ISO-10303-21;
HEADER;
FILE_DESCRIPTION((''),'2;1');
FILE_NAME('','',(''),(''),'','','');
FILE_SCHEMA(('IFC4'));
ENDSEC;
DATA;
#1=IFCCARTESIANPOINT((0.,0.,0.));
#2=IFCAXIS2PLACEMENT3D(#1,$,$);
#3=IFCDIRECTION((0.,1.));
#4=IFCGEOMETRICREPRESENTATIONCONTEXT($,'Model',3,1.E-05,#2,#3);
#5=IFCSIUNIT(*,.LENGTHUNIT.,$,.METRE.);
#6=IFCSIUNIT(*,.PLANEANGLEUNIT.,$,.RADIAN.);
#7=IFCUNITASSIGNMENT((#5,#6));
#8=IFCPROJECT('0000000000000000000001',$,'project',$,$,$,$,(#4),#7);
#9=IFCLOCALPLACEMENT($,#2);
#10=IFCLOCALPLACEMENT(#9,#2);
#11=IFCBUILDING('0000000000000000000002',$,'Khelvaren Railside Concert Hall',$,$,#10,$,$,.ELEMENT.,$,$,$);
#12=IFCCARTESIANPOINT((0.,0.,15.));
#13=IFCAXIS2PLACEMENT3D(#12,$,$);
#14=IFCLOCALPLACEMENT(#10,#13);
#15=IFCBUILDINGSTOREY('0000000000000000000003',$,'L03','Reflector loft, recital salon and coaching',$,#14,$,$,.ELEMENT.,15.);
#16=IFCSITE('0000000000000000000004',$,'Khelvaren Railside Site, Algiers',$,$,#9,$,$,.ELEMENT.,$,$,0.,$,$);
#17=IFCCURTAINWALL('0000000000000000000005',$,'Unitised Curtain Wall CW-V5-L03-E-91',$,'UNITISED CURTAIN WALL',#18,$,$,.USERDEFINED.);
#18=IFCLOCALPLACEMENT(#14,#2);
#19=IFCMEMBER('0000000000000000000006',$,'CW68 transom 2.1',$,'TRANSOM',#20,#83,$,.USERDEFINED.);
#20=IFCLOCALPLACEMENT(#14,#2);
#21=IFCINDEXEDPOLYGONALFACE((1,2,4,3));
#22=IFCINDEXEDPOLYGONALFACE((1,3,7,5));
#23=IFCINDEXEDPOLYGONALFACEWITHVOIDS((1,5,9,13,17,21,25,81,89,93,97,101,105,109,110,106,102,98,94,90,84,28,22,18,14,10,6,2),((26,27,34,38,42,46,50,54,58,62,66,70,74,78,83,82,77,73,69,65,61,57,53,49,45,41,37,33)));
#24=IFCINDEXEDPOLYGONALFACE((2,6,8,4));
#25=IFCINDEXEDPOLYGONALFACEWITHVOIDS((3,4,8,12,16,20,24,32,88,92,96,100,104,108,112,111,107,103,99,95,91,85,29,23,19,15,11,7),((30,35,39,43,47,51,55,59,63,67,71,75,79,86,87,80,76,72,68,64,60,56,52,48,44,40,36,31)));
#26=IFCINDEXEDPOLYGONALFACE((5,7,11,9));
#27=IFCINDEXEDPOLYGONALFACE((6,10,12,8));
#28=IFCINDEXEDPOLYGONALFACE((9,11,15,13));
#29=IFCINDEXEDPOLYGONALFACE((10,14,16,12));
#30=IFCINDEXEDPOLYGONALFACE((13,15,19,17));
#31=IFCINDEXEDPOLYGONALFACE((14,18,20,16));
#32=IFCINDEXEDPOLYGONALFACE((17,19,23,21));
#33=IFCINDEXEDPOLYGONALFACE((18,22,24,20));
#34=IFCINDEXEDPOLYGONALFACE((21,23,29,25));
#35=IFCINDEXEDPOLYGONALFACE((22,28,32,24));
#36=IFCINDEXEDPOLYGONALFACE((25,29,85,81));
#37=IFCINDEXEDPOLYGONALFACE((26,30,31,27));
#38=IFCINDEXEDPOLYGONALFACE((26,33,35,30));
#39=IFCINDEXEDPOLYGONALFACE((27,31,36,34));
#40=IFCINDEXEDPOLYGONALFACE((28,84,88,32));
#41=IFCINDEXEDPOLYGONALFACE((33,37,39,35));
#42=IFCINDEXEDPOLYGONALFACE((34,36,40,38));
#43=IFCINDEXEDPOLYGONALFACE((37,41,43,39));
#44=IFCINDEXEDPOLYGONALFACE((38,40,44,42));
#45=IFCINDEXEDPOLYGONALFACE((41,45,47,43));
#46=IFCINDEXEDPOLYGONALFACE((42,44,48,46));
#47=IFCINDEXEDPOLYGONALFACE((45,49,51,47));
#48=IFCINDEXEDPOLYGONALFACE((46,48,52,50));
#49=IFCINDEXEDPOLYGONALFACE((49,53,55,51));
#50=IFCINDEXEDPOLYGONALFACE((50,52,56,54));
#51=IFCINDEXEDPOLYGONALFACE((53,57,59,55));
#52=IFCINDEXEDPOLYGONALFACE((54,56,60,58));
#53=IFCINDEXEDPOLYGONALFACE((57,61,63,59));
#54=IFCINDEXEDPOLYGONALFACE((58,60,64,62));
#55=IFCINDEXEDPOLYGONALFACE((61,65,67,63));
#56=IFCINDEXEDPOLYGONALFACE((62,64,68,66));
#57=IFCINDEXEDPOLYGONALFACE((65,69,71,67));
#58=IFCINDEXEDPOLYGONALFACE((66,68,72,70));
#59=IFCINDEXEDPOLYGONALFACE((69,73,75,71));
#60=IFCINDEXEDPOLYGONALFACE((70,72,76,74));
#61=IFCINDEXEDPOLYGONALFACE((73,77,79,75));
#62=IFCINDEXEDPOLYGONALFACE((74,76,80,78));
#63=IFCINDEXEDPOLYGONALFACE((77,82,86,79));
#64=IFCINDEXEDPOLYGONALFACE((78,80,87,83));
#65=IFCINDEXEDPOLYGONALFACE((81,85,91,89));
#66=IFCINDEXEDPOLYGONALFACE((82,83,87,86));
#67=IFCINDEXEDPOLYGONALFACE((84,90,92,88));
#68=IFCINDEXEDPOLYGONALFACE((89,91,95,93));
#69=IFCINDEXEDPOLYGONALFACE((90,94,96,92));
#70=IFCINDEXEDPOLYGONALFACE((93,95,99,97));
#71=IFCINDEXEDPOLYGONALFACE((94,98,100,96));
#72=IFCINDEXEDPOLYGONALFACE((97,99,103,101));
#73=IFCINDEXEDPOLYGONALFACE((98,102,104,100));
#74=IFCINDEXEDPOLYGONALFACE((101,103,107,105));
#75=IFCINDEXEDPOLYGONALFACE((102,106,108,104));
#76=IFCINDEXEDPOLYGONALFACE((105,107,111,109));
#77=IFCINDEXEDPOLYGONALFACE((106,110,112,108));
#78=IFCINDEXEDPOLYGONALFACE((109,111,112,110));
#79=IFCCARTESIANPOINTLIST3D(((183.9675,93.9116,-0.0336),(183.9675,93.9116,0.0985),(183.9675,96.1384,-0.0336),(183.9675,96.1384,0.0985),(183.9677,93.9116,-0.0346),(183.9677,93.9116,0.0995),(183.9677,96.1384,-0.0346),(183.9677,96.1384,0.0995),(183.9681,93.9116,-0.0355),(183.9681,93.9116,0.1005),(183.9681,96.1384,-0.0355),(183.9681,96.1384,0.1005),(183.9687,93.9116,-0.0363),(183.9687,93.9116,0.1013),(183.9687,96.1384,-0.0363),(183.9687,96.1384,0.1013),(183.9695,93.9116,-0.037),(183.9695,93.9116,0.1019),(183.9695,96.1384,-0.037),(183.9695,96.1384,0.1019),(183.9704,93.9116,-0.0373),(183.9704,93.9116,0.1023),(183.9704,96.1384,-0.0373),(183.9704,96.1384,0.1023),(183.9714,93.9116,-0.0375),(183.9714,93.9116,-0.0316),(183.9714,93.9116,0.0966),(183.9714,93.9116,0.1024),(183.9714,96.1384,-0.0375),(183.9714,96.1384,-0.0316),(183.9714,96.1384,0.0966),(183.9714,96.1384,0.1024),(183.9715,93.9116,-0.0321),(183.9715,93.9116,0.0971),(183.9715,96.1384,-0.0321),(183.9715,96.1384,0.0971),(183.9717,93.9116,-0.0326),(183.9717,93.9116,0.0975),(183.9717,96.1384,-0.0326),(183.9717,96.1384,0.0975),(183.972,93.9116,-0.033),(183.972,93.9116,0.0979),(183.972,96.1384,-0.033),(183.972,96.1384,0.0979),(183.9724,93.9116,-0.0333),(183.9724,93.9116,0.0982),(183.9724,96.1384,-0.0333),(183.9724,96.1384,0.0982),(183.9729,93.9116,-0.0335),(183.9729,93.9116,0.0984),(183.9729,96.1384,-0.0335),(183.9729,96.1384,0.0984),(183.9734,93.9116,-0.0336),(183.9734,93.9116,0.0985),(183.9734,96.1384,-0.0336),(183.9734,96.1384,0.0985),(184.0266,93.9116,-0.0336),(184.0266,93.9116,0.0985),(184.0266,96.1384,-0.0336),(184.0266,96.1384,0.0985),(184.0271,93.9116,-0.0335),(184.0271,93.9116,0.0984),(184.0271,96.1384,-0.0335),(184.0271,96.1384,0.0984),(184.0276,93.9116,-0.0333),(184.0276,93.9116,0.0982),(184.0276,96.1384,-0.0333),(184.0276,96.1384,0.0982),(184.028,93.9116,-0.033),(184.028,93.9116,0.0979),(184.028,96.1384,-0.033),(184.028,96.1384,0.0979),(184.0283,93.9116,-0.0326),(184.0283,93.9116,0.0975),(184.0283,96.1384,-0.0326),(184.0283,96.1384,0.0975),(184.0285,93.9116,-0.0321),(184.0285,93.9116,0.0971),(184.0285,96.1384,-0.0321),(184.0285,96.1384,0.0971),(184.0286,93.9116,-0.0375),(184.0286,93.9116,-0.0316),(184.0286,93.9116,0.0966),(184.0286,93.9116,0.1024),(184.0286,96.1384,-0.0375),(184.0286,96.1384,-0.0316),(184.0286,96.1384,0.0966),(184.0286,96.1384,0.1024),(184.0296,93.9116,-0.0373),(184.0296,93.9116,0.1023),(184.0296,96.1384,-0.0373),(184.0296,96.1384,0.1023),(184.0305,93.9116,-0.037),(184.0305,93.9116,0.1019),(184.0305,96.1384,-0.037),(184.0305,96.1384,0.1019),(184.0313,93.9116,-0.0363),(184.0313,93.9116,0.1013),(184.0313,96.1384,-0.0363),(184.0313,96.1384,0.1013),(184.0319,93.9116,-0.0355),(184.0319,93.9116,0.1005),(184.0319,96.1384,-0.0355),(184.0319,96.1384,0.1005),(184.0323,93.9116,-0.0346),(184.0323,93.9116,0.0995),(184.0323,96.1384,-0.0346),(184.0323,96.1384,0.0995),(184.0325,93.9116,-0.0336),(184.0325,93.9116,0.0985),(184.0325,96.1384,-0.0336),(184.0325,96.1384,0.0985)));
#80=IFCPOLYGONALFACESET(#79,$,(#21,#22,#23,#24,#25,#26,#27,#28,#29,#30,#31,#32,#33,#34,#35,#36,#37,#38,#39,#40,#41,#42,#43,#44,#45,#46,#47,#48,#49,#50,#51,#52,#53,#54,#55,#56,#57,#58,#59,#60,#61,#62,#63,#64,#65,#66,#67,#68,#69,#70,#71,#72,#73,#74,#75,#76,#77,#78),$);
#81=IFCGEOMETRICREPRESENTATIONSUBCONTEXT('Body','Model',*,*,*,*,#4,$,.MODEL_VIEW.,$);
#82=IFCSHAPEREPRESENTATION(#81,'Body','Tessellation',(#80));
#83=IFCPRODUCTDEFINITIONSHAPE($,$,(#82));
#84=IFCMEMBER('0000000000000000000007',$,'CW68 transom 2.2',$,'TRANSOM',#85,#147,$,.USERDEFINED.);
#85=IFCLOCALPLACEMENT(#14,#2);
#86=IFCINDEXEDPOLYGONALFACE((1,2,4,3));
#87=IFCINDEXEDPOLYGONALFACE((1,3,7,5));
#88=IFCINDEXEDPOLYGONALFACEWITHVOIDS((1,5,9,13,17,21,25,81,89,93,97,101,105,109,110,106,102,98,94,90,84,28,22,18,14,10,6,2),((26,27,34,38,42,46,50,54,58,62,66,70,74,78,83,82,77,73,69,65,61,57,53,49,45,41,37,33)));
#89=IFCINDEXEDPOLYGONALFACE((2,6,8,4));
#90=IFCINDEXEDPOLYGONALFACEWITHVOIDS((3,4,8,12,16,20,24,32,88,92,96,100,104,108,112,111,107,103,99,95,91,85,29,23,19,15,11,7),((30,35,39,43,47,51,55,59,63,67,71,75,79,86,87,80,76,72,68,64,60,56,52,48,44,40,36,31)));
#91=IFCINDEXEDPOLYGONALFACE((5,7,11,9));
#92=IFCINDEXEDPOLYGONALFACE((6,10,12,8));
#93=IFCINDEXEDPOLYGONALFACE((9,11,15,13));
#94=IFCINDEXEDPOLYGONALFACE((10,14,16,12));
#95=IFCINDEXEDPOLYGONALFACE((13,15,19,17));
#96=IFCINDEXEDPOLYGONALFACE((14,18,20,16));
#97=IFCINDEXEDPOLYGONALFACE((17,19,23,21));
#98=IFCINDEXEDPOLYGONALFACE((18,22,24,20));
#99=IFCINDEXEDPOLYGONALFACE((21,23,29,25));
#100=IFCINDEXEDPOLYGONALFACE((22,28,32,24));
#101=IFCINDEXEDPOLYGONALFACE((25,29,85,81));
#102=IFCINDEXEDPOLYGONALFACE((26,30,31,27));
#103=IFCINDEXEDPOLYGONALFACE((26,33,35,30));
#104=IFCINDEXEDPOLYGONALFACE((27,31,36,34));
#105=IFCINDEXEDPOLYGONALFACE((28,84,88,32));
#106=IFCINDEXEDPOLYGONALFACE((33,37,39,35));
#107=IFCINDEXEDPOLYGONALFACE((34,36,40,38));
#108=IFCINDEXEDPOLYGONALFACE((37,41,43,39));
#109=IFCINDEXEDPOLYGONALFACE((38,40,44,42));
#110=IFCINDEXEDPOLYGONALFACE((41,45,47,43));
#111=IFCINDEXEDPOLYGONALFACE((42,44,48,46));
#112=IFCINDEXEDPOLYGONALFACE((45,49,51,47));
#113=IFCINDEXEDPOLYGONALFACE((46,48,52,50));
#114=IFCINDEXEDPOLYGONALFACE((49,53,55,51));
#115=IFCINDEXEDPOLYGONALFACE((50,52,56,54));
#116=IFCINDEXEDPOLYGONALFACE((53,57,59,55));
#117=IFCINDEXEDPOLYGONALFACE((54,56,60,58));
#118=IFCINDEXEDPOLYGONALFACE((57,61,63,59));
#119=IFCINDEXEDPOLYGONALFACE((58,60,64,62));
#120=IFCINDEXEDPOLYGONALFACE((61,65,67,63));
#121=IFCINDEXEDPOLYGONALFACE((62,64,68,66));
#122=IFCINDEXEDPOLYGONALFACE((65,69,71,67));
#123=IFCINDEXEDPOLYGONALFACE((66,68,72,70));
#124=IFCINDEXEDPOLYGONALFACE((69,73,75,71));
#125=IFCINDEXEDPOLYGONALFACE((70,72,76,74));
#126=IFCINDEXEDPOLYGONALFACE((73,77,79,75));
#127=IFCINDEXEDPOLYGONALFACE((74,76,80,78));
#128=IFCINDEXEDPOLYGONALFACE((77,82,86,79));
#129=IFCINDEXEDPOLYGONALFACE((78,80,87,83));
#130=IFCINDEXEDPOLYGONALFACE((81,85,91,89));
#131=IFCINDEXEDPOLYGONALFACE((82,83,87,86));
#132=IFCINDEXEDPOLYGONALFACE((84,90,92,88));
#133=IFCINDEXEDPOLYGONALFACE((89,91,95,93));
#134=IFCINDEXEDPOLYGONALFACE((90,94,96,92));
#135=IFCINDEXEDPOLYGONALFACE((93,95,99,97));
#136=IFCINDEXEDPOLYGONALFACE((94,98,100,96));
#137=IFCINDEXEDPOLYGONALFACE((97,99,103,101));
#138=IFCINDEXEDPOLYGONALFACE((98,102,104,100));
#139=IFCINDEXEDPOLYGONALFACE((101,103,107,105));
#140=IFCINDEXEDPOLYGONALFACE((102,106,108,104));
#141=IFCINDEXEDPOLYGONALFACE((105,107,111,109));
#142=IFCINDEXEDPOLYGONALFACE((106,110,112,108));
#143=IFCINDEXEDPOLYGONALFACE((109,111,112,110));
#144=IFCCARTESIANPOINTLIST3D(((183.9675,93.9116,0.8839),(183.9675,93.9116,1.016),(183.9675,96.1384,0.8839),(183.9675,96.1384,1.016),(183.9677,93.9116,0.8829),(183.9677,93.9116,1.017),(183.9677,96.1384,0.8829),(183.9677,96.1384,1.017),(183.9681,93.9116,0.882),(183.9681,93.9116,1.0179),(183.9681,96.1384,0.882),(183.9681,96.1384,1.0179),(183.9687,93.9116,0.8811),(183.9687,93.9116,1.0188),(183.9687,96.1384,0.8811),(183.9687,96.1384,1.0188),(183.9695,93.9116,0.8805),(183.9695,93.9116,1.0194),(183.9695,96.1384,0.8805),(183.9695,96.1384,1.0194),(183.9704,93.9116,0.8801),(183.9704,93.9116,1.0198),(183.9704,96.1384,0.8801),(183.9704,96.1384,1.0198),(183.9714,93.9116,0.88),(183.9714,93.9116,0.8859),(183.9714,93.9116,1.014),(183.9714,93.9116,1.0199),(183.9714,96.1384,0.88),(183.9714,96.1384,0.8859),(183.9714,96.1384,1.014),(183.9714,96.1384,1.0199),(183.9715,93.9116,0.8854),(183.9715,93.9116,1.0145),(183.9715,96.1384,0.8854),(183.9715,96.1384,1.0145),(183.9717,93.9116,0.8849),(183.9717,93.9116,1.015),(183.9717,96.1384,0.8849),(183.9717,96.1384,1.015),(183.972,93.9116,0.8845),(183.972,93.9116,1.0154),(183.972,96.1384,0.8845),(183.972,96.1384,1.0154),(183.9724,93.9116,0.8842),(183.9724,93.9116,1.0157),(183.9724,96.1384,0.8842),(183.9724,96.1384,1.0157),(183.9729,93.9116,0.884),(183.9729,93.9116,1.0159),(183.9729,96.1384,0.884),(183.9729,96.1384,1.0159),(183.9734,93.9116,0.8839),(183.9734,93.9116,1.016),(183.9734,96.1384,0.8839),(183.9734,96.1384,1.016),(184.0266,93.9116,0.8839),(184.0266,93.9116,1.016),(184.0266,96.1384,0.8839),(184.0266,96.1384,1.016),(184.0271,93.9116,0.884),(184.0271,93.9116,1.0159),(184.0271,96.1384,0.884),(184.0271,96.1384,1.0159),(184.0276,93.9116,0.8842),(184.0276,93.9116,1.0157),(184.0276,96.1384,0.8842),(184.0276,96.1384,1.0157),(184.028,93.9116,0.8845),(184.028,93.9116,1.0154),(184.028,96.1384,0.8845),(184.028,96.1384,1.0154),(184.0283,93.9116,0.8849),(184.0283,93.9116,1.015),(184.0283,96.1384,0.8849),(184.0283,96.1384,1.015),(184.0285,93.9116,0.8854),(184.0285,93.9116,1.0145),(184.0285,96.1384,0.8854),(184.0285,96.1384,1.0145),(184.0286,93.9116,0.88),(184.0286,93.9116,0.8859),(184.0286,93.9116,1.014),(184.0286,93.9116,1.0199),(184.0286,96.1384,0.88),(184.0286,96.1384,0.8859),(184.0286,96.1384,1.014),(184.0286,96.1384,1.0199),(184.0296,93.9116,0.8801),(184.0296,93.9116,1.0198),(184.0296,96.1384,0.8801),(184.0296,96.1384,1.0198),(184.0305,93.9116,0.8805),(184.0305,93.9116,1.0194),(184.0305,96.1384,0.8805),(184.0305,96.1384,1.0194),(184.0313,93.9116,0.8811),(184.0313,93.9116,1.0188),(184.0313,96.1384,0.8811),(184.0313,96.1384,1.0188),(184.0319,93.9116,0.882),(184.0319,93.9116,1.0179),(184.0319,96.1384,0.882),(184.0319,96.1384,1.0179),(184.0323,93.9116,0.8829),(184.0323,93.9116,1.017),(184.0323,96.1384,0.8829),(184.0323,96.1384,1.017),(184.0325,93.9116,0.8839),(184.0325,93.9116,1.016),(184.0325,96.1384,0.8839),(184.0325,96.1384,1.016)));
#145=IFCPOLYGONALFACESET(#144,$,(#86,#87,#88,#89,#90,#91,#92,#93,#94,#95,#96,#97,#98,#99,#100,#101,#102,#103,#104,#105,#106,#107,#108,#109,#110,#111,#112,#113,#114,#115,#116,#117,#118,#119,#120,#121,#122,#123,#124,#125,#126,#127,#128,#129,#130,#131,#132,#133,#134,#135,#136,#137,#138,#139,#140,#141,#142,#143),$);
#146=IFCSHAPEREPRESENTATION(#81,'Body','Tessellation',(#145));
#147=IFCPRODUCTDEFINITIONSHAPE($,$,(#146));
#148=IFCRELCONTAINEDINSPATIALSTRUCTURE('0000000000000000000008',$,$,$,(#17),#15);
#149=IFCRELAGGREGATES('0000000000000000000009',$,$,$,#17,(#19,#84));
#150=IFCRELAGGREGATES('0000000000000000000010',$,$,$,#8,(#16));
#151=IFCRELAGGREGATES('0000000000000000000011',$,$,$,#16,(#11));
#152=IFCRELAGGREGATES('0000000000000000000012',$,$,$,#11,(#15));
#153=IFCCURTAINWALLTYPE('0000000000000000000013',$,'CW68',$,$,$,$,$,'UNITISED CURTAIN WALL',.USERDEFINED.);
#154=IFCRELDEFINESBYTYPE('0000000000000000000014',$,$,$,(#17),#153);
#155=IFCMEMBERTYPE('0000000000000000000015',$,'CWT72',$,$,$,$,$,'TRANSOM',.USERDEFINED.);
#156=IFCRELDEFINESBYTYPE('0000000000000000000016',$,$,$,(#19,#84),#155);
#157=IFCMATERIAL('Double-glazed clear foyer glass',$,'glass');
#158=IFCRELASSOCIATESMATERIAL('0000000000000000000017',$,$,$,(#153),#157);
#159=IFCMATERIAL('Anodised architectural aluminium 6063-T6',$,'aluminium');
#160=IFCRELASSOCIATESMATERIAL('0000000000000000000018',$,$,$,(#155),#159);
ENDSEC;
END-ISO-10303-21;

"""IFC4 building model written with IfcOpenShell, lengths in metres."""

from ifc_helpers import new_model, si_unit, direction, frame, origin, origin_2d, place, context, subcontext, project, spatial, hollow_rectangle, extrude, material, material_profile, profile_set, type_object, element, aggregate, save


model = new_model("IFC4")

# Units and contexts
model_context = context("Model", 3, precision=1e-05, world=origin(), true_north=direction((0.0, 1.0)))
body_context = subcontext(model_context, "Body", "Model", "MODEL_VIEW")
ifc_project = project(units=[si_unit("LENGTHUNIT", "METRE"), si_unit("PLANEANGLEUNIT", "RADIAN")], contexts=[model_context])

# Site, building, storey
site_placement = place(None, origin())
site = spatial("IfcSite", under=ifc_project, at=site_placement, Name="Khelvaren Railside Site, Algiers", CompositionType="ELEMENT", RefElevation=0.0)
building_placement = place(site_placement, origin())
building = spatial("IfcBuilding", under=site, at=building_placement, Name="Khelvaren Railside Concert Hall", CompositionType="ELEMENT")
storey_placement = place(building_placement, frame((0.0, 0.0, 15.0)))
storey = spatial("IfcBuildingStorey", under=building, at=storey_placement, Name="L03", Description="Reflector loft, recital salon and coaching", CompositionType="ELEMENT", Elevation=15.0)

# Curtain wall
ifc_material_1 = material(Name="Double-glazed clear foyer glass", Category="glass")
curtain_wall_type_1 = type_object("IfcCurtainWallType", Name="CW68", ElementType="UNITISED CURTAIN WALL", PredefinedType="USERDEFINED", material=ifc_material_1)
curtain_wall_1_placement = place(storey_placement, origin())
curtain_wall_1 = element("IfcCurtainWall", 1, at=curtain_wall_1_placement, inside=storey, type_object=curtain_wall_type_1, Name="Unitised Curtain Wall CW-V5-L03-E-91", ObjectType="UNITISED CURTAIN WALL", PredefinedType="USERDEFINED")
ifc_material_2 = material(Name="Anodised architectural aluminium 6063-T6", Category="aluminium")

# Members
ifc_material_profile_1 = material_profile(ifc_material_2, hollow_rectangle(XDim=0.0649, YDim=0.1399, WallThickness=0.0039, InnerFilletRadius=0.002, OuterFilletRadius=0.0039, at=origin_2d()), Name="CWT 65x140x4")
ifc_profile_set_1 = profile_set([ifc_material_profile_1], Name="Anodised architectural aluminium 6063-T6")
member_type_1 = type_object("IfcMemberType", Name="CWT72", ElementType="TRANSOM", PredefinedType="USERDEFINED", material=ifc_profile_set_1)
member_1_placement = place(storey_placement, frame((184.0, 96.1384, 0.0325), z_axis=(0.0, -1.0, 0.0), x_axis=(1.0, 0.0, 0.0)))
member_1 = element("IfcMember", 2, at=member_1_placement, type_object=member_type_1, Name="CW68 transom 2.1", ObjectType="TRANSOM", PredefinedType="USERDEFINED", context=body_context, shape_type="SweptSolid", body=[
    extrude(hollow_rectangle(XDim=0.0649, YDim=0.1399, WallThickness=0.0039, InnerFilletRadius=0.002, OuterFilletRadius=0.0039, at=origin_2d()), origin(), (0.0, 0.0, 1.0), 2.2268),
])
member_2_placement = place(storey_placement, frame((184.0, 96.1384, 0.95), z_axis=(0.0, -1.0, 0.0), x_axis=(1.0, 0.0, 0.0)))
member_2 = element("IfcMember", 3, at=member_2_placement, type_object=member_type_1, Name="CW68 transom 2.2", ObjectType="TRANSOM", PredefinedType="USERDEFINED", context=body_context, shape_type="SweptSolid", body=[
    extrude(hollow_rectangle(XDim=0.0649, YDim=0.1399, WallThickness=0.0039, InnerFilletRadius=0.002, OuterFilletRadius=0.0039, at=origin_2d()), origin(), (0.0, 0.0, 1.0), 2.2268),
])

aggregate(curtain_wall_1, [member_1, member_2])

save(model, "model.ifc")
